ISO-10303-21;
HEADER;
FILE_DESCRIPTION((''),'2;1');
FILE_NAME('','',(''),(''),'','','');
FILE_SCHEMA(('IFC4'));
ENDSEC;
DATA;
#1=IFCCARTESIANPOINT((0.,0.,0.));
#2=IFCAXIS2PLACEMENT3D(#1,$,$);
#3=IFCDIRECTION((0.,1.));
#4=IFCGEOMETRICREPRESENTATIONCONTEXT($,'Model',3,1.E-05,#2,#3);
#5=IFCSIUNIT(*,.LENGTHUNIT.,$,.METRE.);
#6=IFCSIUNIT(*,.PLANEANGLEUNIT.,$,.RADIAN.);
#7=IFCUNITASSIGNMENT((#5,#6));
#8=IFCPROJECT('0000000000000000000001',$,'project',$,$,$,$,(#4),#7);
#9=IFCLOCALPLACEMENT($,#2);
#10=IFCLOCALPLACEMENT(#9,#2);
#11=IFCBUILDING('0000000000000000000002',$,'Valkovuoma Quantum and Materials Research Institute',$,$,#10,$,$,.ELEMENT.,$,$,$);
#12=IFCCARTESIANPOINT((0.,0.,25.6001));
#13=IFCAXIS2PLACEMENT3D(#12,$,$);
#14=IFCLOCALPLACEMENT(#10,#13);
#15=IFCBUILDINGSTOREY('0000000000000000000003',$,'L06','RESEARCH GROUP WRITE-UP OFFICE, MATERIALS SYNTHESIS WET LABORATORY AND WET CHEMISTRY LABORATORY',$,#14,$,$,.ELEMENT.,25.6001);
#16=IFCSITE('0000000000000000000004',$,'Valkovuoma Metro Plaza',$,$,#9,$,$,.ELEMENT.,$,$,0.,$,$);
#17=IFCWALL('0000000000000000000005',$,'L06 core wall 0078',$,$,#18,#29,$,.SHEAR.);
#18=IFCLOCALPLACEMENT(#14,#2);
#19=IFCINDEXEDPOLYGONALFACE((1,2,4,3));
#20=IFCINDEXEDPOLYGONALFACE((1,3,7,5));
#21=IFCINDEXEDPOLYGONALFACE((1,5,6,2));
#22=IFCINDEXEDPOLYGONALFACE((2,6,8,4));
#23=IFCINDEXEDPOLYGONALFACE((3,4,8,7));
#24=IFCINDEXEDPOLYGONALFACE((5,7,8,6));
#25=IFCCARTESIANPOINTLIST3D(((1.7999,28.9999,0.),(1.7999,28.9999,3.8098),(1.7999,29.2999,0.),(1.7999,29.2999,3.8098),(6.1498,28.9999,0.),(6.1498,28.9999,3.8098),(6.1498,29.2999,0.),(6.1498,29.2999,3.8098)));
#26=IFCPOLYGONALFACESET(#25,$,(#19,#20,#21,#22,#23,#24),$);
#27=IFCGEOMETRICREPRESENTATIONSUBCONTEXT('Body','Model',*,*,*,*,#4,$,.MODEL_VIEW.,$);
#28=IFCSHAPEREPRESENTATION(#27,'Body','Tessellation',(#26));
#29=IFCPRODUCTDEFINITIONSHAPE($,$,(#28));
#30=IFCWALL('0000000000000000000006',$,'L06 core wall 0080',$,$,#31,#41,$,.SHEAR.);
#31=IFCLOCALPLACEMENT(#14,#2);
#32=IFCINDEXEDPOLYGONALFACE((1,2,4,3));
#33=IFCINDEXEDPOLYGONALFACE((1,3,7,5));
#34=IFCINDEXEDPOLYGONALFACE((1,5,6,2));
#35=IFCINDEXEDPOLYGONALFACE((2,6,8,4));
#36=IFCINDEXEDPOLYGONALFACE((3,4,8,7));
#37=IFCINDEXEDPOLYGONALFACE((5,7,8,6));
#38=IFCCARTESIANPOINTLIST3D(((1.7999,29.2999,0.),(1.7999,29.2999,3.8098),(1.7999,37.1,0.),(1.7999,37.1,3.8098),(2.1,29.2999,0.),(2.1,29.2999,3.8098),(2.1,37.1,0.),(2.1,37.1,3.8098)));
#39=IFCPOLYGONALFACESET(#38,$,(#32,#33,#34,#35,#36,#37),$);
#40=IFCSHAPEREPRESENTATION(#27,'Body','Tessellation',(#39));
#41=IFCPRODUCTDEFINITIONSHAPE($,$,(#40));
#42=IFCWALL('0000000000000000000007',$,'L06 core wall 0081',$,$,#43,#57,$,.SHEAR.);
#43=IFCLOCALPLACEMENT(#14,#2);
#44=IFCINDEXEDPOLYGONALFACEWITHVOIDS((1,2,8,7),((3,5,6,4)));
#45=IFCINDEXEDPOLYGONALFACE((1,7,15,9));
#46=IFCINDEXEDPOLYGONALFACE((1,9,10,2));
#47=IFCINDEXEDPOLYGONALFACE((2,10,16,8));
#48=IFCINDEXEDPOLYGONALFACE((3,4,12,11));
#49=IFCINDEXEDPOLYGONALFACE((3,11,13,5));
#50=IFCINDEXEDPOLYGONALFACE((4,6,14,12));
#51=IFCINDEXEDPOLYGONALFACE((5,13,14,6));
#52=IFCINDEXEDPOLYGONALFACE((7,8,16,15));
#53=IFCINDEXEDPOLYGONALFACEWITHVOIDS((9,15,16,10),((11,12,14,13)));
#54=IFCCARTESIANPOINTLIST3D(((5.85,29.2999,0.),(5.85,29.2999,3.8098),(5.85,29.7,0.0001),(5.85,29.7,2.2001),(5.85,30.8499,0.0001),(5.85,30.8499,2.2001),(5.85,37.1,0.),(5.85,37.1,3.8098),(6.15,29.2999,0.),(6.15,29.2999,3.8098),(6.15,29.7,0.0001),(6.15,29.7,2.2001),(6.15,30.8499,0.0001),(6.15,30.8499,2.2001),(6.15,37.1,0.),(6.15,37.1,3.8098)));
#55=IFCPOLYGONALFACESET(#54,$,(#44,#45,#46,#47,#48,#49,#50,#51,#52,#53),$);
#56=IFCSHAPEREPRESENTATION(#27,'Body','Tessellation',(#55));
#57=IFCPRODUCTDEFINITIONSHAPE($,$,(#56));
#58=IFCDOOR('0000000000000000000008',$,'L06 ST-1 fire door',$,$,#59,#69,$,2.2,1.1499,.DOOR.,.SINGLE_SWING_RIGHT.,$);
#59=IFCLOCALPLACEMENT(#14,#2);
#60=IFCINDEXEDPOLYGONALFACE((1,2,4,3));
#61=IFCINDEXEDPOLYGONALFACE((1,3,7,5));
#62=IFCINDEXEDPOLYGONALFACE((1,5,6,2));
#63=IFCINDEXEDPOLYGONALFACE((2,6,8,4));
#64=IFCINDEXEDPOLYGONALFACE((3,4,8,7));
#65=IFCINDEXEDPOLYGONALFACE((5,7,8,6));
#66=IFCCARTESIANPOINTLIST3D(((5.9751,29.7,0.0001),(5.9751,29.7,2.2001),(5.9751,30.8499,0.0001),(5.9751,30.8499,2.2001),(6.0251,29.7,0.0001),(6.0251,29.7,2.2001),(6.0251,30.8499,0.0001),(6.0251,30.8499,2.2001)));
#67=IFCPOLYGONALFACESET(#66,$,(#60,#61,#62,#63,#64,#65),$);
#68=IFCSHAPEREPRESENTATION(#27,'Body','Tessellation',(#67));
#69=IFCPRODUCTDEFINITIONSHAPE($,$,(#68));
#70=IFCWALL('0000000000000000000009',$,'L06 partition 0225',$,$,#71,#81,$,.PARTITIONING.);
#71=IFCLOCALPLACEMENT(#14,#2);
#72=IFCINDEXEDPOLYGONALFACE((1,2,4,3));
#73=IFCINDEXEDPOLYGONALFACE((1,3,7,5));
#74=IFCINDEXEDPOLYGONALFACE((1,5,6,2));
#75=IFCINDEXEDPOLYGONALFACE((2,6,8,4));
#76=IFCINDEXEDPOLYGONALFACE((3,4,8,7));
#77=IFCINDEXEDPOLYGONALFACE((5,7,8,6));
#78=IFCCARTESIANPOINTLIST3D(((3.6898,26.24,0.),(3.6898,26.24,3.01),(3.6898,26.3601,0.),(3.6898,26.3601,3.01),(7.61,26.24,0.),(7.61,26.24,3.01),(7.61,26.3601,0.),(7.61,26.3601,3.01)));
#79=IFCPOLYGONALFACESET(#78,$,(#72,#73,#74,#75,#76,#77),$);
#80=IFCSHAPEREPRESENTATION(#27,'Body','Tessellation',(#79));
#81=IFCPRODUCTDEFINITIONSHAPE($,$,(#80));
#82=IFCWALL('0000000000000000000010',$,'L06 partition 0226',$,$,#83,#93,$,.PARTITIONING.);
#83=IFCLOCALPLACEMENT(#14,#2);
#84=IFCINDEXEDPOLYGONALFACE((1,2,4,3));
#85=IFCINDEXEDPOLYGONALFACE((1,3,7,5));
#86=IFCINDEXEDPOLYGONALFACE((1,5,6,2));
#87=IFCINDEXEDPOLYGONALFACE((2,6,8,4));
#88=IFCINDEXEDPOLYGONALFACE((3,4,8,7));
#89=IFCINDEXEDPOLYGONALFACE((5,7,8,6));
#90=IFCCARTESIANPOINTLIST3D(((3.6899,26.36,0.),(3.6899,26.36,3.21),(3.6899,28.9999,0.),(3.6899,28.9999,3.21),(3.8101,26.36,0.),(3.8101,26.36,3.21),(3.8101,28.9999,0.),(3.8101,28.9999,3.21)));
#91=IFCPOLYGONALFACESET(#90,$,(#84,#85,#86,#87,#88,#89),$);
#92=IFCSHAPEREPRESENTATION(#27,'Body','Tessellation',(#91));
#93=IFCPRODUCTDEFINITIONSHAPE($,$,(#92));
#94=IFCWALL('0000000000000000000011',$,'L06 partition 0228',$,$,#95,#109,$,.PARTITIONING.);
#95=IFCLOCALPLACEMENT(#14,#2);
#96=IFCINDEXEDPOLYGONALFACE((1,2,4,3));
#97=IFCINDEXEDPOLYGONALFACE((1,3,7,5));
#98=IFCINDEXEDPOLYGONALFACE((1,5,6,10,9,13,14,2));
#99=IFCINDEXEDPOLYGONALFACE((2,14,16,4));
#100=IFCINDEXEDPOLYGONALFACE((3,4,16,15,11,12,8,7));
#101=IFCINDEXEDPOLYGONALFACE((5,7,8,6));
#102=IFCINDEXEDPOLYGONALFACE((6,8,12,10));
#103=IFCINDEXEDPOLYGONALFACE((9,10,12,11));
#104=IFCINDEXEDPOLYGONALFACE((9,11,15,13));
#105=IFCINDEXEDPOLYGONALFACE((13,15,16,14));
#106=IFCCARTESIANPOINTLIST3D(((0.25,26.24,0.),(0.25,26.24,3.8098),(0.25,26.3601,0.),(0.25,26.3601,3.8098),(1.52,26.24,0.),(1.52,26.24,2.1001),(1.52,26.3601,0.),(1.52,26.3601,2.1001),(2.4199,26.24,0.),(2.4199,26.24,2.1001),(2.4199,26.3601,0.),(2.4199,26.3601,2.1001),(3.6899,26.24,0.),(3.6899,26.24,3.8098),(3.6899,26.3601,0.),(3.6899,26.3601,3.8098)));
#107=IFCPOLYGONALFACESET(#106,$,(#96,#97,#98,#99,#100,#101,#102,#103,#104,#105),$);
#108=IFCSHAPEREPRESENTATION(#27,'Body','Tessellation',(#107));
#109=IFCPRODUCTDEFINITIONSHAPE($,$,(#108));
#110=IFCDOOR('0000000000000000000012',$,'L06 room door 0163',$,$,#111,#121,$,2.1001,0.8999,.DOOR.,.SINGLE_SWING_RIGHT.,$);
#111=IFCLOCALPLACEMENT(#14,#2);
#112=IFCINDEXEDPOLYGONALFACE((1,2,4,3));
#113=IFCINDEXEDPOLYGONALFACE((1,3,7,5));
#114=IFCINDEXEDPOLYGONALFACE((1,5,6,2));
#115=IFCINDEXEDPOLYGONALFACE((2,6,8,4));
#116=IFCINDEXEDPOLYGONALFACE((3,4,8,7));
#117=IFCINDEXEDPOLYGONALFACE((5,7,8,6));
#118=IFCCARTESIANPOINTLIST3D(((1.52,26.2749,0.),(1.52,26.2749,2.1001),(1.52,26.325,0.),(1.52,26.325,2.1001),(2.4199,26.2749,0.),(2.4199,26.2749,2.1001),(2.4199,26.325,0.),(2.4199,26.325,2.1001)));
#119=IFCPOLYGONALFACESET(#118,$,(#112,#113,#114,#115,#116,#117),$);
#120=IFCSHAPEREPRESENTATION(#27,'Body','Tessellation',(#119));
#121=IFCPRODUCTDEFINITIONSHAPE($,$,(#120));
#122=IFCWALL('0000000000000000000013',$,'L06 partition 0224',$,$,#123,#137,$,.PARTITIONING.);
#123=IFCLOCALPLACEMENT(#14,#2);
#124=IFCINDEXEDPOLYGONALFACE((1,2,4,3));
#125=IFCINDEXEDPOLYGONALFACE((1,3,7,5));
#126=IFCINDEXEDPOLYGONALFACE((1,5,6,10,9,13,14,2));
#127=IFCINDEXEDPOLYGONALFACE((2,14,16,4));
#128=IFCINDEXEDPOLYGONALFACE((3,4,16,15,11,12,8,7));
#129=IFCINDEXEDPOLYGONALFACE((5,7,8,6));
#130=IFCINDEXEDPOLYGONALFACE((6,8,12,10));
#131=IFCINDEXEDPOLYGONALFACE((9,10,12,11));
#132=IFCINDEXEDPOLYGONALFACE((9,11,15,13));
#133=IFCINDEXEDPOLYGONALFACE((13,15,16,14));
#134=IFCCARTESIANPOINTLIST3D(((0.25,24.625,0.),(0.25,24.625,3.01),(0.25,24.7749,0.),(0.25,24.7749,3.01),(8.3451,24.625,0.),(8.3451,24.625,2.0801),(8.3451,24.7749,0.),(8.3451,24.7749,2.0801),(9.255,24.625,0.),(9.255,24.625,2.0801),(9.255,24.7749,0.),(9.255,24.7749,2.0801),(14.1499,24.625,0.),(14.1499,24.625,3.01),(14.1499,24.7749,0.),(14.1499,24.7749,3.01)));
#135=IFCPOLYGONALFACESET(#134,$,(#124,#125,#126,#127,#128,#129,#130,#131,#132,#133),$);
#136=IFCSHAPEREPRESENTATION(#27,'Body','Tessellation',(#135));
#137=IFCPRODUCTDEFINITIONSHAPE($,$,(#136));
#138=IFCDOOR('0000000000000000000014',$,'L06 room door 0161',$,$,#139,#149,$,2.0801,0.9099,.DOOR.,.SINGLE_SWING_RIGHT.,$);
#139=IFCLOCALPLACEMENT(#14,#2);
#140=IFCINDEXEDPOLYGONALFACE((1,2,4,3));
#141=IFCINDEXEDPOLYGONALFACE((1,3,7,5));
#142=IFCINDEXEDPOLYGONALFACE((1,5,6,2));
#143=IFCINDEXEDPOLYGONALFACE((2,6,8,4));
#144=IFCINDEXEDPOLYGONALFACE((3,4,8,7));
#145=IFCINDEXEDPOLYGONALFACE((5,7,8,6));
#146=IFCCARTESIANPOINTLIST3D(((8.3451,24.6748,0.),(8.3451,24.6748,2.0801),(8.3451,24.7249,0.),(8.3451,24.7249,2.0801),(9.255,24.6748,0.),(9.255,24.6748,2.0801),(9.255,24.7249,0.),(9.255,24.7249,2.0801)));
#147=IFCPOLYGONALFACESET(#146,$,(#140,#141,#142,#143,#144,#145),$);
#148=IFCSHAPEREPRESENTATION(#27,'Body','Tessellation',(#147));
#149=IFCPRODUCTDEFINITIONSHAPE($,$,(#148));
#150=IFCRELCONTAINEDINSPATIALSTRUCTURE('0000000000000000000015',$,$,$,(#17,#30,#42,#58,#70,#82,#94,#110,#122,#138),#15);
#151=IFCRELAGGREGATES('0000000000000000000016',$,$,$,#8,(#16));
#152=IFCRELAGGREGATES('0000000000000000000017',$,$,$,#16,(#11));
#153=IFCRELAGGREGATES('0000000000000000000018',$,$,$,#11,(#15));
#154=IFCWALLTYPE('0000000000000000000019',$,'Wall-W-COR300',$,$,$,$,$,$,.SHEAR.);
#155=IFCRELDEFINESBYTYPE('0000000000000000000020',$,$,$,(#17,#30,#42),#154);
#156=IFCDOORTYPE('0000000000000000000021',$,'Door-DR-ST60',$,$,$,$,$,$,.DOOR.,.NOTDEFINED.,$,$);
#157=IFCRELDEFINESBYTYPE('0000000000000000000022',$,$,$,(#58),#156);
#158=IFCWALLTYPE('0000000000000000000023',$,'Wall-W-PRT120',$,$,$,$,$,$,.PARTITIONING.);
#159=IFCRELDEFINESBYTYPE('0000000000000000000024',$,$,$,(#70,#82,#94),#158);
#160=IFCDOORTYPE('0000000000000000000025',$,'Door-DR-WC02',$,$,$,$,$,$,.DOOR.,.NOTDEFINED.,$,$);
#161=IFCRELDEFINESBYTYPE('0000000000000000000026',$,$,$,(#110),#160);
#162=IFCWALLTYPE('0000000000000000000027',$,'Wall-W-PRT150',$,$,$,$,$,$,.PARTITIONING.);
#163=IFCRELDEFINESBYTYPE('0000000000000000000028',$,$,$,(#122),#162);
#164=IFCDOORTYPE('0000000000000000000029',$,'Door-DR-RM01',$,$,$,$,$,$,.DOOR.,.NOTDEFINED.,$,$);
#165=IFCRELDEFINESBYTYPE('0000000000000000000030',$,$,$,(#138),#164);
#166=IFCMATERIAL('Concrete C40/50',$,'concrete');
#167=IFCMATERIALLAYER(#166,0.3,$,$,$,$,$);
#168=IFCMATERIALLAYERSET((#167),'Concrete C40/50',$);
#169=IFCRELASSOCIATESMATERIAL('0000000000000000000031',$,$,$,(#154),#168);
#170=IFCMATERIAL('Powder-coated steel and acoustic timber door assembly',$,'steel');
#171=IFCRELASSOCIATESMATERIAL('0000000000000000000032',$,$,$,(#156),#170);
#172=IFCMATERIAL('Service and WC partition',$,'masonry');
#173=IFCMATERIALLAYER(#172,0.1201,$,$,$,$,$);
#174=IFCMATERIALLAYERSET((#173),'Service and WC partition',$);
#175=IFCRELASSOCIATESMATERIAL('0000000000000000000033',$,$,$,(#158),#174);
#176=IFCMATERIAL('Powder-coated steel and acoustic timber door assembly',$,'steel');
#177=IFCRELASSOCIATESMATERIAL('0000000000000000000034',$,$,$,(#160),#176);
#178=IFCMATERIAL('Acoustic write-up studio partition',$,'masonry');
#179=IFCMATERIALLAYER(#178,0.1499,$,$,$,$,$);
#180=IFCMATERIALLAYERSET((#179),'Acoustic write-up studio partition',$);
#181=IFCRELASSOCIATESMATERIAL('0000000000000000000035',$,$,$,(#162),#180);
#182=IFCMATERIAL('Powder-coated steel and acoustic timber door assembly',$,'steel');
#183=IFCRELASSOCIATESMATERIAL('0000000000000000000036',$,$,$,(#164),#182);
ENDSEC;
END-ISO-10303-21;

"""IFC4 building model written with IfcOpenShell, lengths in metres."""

from ifc_helpers import new_model, si_unit, direction, frame, frame_2d, origin, place, context, subcontext, project, spatial, rectangle, extrude, material, layer, layer_set, type_object, element, fill, save


model = new_model("IFC4")

# Units and contexts
model_context = context("Model", 3, precision=1e-05, world=origin(), true_north=direction((0.0, 1.0)))
body_context = subcontext(model_context, "Body", "Model", "MODEL_VIEW")
ifc_project = project(units=[si_unit("LENGTHUNIT", "METRE"), si_unit("PLANEANGLEUNIT", "RADIAN")], contexts=[model_context])

# Site, building, storey
site_placement = place(None, origin())
site = spatial("IfcSite", under=ifc_project, at=site_placement, Name="Valkovuoma Metro Plaza", CompositionType="ELEMENT", RefElevation=0.0)
building_placement = place(site_placement, origin())
building = spatial("IfcBuilding", under=site, at=building_placement, Name="Valkovuoma Quantum and Materials Research Institute", CompositionType="ELEMENT")
storey_placement = place(building_placement, frame((0.0, 0.0, 25.6001)))
storey = spatial("IfcBuildingStorey", under=building, at=storey_placement, Name="L06", Description="RESEARCH GROUP WRITE-UP OFFICE, MATERIALS SYNTHESIS WET LABORATORY AND WET CHEMISTRY LABORATORY", CompositionType="ELEMENT", Elevation=25.6001)

# Walls
ifc_material_1 = material(Name="Concrete C40/50", Category="concrete")
ifc_layer_1 = layer(ifc_material_1, 0.3)
ifc_layer_set_1 = layer_set([ifc_layer_1], Name="Concrete C40/50")
wall_type_1 = type_object("IfcWallType", Name="Wall-W-COR300", PredefinedType="SHEAR", material=ifc_layer_set_1)
wall_1_placement = place(storey_placement, frame((1.8, 29.1499, 0.0), z_axis=(0.0, 0.0, 1.0), x_axis=(1.0, 0.0, 0.0)))
element("IfcWall", 1, at=wall_1_placement, inside=storey, type_object=wall_type_1, Name="L06 core wall 0078", PredefinedType="SHEAR", context=body_context, shape_type="SweptSolid", body=[
    extrude(rectangle(XDim=4.3499, YDim=0.3, at=frame_2d((2.1748, 0.0))), origin(), (0.0, 0.0, 1.0), 3.8098),
])
wall_2_placement = place(storey_placement, frame((1.95, 29.3, 0.0), z_axis=(0.0, 0.0, 1.0), x_axis=(0.0, 1.0, 0.0)))
element("IfcWall", 2, at=wall_2_placement, inside=storey, type_object=wall_type_1, Name="L06 core wall 0080", PredefinedType="SHEAR", context=body_context, shape_type="SweptSolid", body=[
    extrude(rectangle(XDim=7.8, YDim=0.3, at=frame_2d((3.8999, 0.0))), origin(), (0.0, 0.0, 1.0), 3.8098),
])

# Wall, opening, door
wall_3_placement = place(storey_placement, frame((6.0, 29.3, 0.0), z_axis=(0.0, 0.0, 1.0), x_axis=(0.0, 1.0, 0.0)))
wall_3 = element("IfcWall", 3, at=wall_3_placement, inside=storey, type_object=wall_type_1, Name="L06 core wall 0081", PredefinedType="SHEAR", context=body_context, shape_type="SweptSolid", body=[
    extrude(rectangle(XDim=7.8, YDim=0.3, at=frame_2d((3.8999, 0.0))), origin(), (0.0, 0.0, 1.0), 3.8098),
])
opening_1_placement = place(wall_3_placement, frame((0.3999, 0.0, 0.0)))
opening_1 = element("IfcOpeningElement", 4, at=opening_1_placement, cuts=wall_3, PredefinedType="OPENING", context=body_context, shape_type="SweptSolid", body=[
    extrude(rectangle(XDim=1.1499, YDim=2.2, at=frame_2d((0.575, 1.1001))), frame((0.0, 0.1602, 0.0), z_axis=(0.0, -1.0, 0.0), x_axis=(1.0, 0.0, 0.0)), (0.0, 0.0, 1.0), 0.3201),
])
ifc_material_2 = material(Name="Powder-coated steel and acoustic timber door assembly", Category="steel")
door_type_1 = type_object("IfcDoorType", Name="Door-DR-ST60", OperationType="NOTDEFINED", PredefinedType="DOOR", material=ifc_material_2)
door_1_placement = place(opening_1_placement, origin())
door_1 = element("IfcDoor", 5, at=door_1_placement, inside=storey, type_object=door_type_1, Name="L06 ST-1 fire door", OperationType="SINGLE_SWING_RIGHT", OverallHeight=2.2, OverallWidth=1.1499, PredefinedType="DOOR", context=body_context, shape_type="SweptSolid", body=[
    extrude(rectangle(XDim=1.1499, YDim=2.2, at=frame_2d((0.575, 1.1001))), frame((0.0, 0.0249, 0.0), z_axis=(0.0, -1.0, 0.0), x_axis=(1.0, 0.0, 0.0)), (0.0, 0.0, 1.0), 0.05),
])
fill(opening_1, door_1)

# Walls
ifc_material_3 = material(Name="Service and WC partition", Category="masonry")
ifc_layer_2 = layer(ifc_material_3, 0.1201)
ifc_layer_set_2 = layer_set([ifc_layer_2], Name="Service and WC partition")
wall_type_2 = type_object("IfcWallType", Name="Wall-W-PRT120", PredefinedType="PARTITIONING", material=ifc_layer_set_2)
wall_4_placement = place(storey_placement, frame((3.6899, 26.3, 0.0), z_axis=(0.0, 0.0, 1.0), x_axis=(1.0, 0.0, 0.0)))
element("IfcWall", 6, at=wall_4_placement, inside=storey, type_object=wall_type_2, Name="L06 partition 0225", PredefinedType="PARTITIONING", context=body_context, shape_type="SweptSolid", body=[
    extrude(rectangle(XDim=3.9202, YDim=0.1201, at=frame_2d((1.96, 0.0))), origin(), (0.0, 0.0, 1.0), 3.01),
])
wall_5_placement = place(storey_placement, frame((3.75, 26.3601, 0.0), z_axis=(0.0, 0.0, 1.0), x_axis=(0.0, 1.0, 0.0)))
element("IfcWall", 7, at=wall_5_placement, inside=storey, type_object=wall_type_2, Name="L06 partition 0226", PredefinedType="PARTITIONING", context=body_context, shape_type="SweptSolid", body=[
    extrude(rectangle(XDim=2.6399, YDim=0.1201, at=frame_2d((1.3198, 0.0))), origin(), (0.0, 0.0, 1.0), 3.21),
])

# Walls, openings, doors
wall_6_placement = place(storey_placement, frame((0.25, 26.3, 0.0), z_axis=(0.0, 0.0, 1.0), x_axis=(1.0, 0.0, 0.0)))
wall_6 = element("IfcWall", 8, at=wall_6_placement, inside=storey, type_object=wall_type_2, Name="L06 partition 0228", PredefinedType="PARTITIONING", context=body_context, shape_type="SweptSolid", body=[
    extrude(rectangle(XDim=3.4399, YDim=0.1201, at=frame_2d((1.72, 0.0))), origin(), (0.0, 0.0, 1.0), 3.8098),
])
opening_2_placement = place(wall_6_placement, frame((1.27, 0.0, 0.0)))
opening_2 = element("IfcOpeningElement", 9, at=opening_2_placement, cuts=wall_6, PredefinedType="OPENING", context=body_context, shape_type="SweptSolid", body=[
    extrude(rectangle(XDim=0.8999, YDim=2.1001, at=frame_2d((0.45, 1.05))), frame((0.0, 0.0701, 0.0), z_axis=(0.0, -1.0, 0.0), x_axis=(1.0, 0.0, 0.0)), (0.0, 0.0, 1.0), 0.1401),
])
ifc_material_4 = material(Name="Powder-coated steel and acoustic timber door assembly", Category="steel")
door_type_2 = type_object("IfcDoorType", Name="Door-DR-WC02", OperationType="NOTDEFINED", PredefinedType="DOOR", material=ifc_material_4)
door_2_placement = place(opening_2_placement, origin())
door_2 = element("IfcDoor", 10, at=door_2_placement, inside=storey, type_object=door_type_2, Name="L06 room door 0163", OperationType="SINGLE_SWING_RIGHT", OverallHeight=2.1001, OverallWidth=0.8999, PredefinedType="DOOR", context=body_context, shape_type="SweptSolid", body=[
    extrude(rectangle(XDim=0.8999, YDim=2.1001, at=frame_2d((0.45, 1.05))), frame((0.0, 0.0249, 0.0), z_axis=(0.0, -1.0, 0.0), x_axis=(1.0, 0.0, 0.0)), (0.0, 0.0, 1.0), 0.05),
])
fill(opening_2, door_2)
ifc_material_5 = material(Name="Acoustic write-up studio partition", Category="masonry")
ifc_layer_3 = layer(ifc_material_5, 0.1499)
ifc_layer_set_3 = layer_set([ifc_layer_3], Name="Acoustic write-up studio partition")
wall_type_3 = type_object("IfcWallType", Name="Wall-W-PRT150", PredefinedType="PARTITIONING", material=ifc_layer_set_3)
wall_7_placement = place(storey_placement, frame((0.25, 24.7, 0.0), z_axis=(0.0, 0.0, 1.0), x_axis=(1.0, 0.0, 0.0)))
wall_7 = element("IfcWall", 11, at=wall_7_placement, inside=storey, type_object=wall_type_3, Name="L06 partition 0224", PredefinedType="PARTITIONING", context=body_context, shape_type="SweptSolid", body=[
    extrude(rectangle(XDim=13.8999, YDim=0.1499, at=frame_2d((6.95, 0.0))), origin(), (0.0, 0.0, 1.0), 3.01),
])
opening_3_placement = place(wall_7_placement, frame((8.095, 0.0, 0.0)))
opening_3 = element("IfcOpeningElement", 12, at=opening_3_placement, cuts=wall_7, PredefinedType="OPENING", context=body_context, shape_type="SweptSolid", body=[
    extrude(rectangle(XDim=0.9099, YDim=2.0801, at=frame_2d((0.4551, 1.04))), frame((0.0, 0.085, 0.0), z_axis=(0.0, -1.0, 0.0), x_axis=(1.0, 0.0, 0.0)), (0.0, 0.0, 1.0), 0.1699),
])
ifc_material_6 = material(Name="Powder-coated steel and acoustic timber door assembly", Category="steel")
door_type_3 = type_object("IfcDoorType", Name="Door-DR-RM01", OperationType="NOTDEFINED", PredefinedType="DOOR", material=ifc_material_6)
door_3_placement = place(opening_3_placement, origin())
door_3 = element("IfcDoor", 13, at=door_3_placement, inside=storey, type_object=door_type_3, Name="L06 room door 0161", OperationType="SINGLE_SWING_RIGHT", OverallHeight=2.0801, OverallWidth=0.9099, PredefinedType="DOOR", context=body_context, shape_type="SweptSolid", body=[
    extrude(rectangle(XDim=0.9099, YDim=2.0801, at=frame_2d((0.4551, 1.04))), frame((0.0, 0.0249, 0.0), z_axis=(0.0, -1.0, 0.0), x_axis=(1.0, 0.0, 0.0)), (0.0, 0.0, 1.0), 0.05),
])
fill(opening_3, door_3)

save(model, "model.ifc")
